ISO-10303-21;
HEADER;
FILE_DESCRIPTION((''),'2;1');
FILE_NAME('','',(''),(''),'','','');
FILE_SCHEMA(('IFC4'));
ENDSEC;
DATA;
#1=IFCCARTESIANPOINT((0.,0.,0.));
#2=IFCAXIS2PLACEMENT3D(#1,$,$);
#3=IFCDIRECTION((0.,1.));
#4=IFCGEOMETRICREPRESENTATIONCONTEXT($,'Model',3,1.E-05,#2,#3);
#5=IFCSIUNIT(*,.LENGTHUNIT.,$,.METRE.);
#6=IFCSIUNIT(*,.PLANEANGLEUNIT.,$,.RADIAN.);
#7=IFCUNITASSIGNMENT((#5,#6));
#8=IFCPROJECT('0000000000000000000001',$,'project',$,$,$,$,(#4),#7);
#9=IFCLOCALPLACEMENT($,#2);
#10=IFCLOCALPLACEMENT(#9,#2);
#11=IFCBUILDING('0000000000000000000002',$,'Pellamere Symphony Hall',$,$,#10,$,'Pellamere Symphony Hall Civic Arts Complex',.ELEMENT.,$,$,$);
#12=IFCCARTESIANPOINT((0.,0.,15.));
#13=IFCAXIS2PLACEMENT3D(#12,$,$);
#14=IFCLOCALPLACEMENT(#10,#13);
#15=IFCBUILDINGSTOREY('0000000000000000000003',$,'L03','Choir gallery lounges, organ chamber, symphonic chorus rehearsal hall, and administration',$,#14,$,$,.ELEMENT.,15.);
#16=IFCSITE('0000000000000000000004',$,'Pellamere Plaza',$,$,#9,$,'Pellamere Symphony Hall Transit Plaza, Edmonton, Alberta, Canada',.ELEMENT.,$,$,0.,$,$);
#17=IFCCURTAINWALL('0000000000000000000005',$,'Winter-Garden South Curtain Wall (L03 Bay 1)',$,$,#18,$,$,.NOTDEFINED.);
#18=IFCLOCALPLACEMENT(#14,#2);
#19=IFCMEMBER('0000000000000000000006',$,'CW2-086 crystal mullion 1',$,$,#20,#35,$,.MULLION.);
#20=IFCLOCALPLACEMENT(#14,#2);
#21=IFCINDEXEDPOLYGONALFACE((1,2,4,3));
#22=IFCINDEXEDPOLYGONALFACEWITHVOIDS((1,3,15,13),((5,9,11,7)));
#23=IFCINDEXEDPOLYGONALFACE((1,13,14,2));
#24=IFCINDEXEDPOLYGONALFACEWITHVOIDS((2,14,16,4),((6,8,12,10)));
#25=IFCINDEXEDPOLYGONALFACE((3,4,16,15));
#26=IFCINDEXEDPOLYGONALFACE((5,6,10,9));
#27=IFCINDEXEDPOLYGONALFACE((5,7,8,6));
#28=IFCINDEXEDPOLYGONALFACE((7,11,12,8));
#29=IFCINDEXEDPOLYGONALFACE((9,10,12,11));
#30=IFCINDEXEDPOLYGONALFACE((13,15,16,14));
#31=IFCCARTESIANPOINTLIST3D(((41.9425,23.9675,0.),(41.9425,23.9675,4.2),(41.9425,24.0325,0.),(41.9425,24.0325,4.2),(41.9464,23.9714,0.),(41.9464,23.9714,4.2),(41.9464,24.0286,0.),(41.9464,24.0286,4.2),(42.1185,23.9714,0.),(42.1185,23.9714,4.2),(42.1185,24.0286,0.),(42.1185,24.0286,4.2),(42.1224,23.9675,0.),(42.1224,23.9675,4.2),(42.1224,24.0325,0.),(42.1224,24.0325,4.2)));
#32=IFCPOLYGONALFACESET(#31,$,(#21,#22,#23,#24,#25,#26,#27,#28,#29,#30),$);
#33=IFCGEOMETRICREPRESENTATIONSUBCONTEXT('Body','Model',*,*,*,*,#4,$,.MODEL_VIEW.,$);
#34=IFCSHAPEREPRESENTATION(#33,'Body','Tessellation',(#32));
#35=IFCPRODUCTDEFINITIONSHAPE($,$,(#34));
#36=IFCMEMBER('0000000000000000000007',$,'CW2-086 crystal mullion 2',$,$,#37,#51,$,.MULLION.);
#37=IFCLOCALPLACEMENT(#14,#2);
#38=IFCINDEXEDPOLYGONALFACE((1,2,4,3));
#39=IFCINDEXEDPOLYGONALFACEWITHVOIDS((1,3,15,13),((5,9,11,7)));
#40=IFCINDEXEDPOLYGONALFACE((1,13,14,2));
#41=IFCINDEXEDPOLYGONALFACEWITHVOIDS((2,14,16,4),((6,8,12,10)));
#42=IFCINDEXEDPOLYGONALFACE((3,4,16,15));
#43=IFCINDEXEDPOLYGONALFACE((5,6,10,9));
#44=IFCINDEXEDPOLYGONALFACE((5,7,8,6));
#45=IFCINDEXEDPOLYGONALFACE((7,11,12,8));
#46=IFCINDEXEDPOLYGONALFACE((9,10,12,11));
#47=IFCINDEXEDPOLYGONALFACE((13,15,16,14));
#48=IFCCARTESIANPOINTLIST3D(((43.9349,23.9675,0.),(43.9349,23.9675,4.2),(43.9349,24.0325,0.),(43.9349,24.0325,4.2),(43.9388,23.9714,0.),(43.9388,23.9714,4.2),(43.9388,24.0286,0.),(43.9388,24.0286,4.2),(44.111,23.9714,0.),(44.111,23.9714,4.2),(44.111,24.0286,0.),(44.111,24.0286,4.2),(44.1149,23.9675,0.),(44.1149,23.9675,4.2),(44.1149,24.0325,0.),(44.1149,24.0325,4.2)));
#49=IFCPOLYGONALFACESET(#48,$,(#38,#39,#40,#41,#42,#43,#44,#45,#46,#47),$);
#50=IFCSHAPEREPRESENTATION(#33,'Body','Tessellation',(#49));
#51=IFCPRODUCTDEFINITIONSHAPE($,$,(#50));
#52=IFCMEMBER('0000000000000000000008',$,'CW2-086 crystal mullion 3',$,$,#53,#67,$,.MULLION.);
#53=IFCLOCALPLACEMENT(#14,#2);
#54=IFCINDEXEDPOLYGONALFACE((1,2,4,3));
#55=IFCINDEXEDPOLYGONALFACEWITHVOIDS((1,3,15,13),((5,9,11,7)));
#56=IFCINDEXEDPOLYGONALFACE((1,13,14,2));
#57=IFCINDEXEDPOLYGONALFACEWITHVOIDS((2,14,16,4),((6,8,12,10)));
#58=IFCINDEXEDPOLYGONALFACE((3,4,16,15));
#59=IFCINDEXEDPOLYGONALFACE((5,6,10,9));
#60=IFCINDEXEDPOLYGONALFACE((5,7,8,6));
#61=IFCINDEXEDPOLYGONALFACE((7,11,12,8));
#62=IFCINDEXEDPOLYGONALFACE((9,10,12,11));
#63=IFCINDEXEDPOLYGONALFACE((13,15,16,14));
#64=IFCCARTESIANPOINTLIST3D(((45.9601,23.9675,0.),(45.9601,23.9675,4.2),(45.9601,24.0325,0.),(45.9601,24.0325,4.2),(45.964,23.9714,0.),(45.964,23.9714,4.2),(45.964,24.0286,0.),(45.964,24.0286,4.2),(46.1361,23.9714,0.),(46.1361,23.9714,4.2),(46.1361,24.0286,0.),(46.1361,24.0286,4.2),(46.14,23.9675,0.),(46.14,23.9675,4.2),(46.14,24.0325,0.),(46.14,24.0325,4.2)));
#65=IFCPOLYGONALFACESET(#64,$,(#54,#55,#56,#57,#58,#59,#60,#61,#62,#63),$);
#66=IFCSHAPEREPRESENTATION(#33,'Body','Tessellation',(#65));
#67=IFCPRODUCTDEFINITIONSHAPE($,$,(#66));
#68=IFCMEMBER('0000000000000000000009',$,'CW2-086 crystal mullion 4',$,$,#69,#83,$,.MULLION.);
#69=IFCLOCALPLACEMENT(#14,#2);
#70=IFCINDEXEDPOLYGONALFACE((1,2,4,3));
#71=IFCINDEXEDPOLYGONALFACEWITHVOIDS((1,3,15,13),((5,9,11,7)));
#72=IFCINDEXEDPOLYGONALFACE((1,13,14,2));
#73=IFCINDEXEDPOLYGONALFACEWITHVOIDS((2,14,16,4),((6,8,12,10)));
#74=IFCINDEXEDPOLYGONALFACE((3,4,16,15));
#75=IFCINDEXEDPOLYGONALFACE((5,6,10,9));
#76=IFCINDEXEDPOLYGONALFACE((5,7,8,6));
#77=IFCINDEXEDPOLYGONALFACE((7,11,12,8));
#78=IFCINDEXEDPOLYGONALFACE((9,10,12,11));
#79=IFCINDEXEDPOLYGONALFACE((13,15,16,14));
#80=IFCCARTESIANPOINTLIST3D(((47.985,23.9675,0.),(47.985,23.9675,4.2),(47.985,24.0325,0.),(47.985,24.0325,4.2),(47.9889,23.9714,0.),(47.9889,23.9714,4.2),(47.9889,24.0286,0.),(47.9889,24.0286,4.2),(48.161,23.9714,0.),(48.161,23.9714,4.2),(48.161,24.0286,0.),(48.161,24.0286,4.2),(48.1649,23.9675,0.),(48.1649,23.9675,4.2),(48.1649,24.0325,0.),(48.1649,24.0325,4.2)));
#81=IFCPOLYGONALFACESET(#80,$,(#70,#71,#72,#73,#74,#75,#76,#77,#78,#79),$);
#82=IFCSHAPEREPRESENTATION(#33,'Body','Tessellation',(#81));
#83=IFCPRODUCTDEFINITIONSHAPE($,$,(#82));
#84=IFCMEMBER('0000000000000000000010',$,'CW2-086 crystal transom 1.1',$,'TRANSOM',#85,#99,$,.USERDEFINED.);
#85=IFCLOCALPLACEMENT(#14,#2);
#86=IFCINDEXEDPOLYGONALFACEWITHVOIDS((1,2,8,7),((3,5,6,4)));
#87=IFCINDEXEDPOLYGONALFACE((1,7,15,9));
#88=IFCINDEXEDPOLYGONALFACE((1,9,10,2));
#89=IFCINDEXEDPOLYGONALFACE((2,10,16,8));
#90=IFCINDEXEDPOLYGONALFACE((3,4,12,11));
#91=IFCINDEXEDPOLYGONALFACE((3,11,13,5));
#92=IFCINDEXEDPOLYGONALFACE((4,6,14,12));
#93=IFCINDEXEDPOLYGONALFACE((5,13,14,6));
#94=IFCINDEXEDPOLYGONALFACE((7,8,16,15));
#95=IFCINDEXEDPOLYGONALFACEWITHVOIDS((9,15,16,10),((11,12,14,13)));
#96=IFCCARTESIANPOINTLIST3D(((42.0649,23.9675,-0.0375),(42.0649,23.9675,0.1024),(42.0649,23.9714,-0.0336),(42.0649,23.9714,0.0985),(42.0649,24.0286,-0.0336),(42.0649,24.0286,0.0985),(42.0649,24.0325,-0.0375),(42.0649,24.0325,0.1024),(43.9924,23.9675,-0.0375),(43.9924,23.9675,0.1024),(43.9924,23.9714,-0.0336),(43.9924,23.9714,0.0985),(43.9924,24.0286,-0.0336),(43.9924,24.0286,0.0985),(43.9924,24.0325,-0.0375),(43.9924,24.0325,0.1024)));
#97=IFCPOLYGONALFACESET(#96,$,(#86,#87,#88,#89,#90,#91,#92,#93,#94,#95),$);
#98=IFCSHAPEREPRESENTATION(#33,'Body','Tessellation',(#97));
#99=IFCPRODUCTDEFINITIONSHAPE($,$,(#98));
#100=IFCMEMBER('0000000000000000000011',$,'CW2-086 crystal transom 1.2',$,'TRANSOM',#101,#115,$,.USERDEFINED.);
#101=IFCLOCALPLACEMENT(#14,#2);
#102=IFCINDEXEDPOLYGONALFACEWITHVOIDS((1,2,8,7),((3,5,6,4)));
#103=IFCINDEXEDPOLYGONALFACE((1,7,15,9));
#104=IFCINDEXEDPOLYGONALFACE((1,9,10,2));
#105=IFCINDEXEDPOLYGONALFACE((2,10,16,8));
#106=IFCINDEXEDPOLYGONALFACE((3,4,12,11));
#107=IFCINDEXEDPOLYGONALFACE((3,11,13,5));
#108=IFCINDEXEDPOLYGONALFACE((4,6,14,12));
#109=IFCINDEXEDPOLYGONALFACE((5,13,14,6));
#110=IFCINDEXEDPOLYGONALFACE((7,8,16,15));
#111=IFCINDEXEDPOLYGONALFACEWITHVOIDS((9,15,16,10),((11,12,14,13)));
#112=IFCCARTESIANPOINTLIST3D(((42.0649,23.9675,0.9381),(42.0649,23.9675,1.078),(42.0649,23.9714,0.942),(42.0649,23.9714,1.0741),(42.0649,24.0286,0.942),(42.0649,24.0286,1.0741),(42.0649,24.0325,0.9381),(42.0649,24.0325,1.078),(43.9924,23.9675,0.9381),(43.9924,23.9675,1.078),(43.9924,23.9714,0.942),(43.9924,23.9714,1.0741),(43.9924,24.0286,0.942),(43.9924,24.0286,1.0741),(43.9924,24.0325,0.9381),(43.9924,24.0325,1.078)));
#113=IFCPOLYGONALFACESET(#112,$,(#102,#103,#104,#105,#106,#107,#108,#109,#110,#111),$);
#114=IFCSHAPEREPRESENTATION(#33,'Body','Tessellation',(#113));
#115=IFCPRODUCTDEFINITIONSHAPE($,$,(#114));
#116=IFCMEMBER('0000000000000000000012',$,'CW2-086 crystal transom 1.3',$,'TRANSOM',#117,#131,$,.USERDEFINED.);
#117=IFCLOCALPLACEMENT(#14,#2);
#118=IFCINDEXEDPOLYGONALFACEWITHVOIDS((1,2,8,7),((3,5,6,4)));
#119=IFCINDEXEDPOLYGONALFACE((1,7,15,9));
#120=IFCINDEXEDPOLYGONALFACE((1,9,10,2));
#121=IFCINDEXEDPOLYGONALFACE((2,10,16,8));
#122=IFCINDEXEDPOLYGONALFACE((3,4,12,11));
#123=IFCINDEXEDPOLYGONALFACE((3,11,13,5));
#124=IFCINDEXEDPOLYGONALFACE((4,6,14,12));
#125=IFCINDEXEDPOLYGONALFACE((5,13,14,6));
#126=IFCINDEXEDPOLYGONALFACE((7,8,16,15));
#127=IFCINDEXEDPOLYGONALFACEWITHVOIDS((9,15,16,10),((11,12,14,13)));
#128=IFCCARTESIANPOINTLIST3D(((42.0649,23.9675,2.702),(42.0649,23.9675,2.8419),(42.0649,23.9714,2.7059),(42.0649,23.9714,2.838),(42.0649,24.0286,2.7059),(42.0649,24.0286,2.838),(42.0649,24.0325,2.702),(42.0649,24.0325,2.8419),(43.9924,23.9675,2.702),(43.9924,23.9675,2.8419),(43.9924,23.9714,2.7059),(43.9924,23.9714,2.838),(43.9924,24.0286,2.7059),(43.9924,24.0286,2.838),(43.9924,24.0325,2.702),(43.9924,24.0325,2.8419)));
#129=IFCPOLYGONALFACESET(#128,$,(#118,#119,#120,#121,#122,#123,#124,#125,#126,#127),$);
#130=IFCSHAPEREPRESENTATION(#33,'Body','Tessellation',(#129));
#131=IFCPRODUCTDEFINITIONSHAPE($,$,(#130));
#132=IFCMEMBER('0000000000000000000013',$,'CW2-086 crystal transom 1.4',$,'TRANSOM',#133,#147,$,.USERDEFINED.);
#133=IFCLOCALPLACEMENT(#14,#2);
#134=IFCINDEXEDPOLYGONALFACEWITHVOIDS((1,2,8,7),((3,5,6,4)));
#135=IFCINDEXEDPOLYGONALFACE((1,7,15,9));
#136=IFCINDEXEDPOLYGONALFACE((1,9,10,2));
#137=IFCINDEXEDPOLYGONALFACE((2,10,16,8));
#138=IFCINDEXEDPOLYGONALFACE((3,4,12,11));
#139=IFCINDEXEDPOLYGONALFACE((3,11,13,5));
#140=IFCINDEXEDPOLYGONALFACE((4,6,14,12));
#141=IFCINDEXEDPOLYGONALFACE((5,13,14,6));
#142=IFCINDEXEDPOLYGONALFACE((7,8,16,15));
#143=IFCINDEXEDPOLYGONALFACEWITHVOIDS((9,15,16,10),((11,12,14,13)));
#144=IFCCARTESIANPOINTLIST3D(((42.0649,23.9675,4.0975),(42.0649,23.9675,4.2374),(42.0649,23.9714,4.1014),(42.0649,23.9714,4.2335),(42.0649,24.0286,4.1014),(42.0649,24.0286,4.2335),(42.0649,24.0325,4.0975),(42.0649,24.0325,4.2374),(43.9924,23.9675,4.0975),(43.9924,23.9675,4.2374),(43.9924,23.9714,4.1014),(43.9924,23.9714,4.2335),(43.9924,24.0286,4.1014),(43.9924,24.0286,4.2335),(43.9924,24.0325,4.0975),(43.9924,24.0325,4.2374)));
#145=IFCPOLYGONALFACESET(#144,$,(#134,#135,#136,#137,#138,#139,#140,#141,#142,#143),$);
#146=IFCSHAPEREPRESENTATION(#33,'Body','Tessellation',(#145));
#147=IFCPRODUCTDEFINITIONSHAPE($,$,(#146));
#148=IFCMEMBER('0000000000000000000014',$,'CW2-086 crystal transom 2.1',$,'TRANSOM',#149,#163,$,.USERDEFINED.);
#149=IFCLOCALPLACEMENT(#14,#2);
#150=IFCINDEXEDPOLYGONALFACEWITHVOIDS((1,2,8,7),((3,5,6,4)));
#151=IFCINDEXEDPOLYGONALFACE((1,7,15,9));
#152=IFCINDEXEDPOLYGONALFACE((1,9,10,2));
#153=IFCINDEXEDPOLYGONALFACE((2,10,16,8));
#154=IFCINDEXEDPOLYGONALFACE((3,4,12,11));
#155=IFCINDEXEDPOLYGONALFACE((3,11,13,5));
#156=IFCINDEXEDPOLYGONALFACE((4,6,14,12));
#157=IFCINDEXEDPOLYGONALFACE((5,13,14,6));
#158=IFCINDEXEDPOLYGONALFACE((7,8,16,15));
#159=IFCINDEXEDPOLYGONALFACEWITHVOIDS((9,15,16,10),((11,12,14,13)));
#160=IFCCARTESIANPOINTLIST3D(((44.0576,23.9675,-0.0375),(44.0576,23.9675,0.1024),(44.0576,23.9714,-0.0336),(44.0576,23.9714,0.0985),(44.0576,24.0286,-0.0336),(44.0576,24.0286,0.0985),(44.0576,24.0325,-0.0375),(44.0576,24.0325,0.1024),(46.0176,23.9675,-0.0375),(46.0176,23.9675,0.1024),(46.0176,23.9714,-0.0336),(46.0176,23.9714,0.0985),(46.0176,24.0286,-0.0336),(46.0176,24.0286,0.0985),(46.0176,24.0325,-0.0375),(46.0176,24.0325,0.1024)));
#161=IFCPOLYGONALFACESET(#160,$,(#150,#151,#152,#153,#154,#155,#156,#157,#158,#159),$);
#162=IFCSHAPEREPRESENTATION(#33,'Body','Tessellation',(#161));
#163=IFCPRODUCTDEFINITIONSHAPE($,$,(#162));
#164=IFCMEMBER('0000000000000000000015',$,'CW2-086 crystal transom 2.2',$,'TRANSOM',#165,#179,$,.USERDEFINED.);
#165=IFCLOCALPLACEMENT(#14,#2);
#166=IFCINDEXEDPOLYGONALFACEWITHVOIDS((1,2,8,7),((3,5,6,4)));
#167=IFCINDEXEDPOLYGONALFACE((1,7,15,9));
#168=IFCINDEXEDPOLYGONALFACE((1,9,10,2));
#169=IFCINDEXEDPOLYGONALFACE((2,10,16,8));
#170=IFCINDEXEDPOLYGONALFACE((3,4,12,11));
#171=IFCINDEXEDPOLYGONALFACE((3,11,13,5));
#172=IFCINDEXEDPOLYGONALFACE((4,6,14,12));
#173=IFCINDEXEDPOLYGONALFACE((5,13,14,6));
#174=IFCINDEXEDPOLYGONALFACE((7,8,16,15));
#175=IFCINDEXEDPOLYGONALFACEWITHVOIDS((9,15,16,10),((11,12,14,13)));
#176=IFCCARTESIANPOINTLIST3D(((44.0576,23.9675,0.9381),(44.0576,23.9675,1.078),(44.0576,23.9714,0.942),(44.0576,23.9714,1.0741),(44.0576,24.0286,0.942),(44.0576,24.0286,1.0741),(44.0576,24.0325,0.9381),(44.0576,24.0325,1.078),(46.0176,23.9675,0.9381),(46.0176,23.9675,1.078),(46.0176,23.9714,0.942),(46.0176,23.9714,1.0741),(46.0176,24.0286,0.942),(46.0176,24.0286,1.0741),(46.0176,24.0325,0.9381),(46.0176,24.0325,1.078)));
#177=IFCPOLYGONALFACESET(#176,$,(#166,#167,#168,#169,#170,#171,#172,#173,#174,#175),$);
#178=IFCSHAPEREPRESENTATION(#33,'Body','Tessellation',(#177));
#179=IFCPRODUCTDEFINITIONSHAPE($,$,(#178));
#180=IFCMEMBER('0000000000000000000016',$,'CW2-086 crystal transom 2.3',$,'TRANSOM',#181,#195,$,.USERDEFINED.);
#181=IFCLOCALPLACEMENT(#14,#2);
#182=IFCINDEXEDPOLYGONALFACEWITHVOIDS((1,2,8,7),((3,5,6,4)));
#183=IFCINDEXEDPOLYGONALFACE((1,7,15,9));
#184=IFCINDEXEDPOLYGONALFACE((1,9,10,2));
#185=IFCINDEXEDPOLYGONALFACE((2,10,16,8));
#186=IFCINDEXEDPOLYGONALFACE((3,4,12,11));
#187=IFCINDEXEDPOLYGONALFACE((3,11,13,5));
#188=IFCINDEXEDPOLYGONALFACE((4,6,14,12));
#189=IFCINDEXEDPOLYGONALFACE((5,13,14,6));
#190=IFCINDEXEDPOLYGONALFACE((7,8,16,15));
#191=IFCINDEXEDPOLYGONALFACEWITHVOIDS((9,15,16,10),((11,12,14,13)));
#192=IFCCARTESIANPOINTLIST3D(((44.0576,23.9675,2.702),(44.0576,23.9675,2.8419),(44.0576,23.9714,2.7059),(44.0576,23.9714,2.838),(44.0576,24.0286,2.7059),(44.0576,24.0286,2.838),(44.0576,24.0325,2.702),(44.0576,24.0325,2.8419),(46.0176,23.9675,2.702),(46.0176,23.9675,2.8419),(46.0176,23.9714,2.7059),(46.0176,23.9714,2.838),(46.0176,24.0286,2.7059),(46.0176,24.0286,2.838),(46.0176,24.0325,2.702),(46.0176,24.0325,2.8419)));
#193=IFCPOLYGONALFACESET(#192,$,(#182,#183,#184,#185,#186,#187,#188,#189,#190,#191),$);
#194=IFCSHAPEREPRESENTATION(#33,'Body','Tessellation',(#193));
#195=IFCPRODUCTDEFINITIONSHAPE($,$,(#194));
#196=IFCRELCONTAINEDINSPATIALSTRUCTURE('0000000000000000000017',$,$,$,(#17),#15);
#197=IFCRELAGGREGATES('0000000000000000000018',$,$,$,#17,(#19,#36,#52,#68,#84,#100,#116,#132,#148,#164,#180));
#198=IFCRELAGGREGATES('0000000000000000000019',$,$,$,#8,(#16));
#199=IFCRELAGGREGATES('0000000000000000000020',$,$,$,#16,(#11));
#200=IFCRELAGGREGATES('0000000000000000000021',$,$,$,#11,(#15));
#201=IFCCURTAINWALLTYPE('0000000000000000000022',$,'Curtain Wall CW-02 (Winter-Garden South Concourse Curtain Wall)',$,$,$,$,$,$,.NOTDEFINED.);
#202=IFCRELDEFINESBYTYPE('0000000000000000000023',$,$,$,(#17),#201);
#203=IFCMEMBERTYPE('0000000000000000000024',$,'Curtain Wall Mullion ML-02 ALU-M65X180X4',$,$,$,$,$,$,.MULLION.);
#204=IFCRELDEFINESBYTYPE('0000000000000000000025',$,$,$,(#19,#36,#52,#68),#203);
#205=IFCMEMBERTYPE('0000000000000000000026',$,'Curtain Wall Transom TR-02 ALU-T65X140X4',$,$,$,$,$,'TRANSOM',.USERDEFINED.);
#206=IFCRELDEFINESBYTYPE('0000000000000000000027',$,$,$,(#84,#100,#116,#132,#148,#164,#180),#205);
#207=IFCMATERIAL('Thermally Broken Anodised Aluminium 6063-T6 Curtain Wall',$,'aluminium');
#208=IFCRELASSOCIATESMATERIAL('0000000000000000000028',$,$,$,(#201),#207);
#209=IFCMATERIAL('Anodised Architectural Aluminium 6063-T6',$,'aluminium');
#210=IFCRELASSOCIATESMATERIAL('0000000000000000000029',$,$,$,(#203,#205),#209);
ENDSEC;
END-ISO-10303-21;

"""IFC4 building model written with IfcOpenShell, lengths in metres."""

from ifc_helpers import new_model, si_unit, direction, frame, origin, origin_2d, place, context, subcontext, project, spatial, hollow_rectangle, extrude, material, material_profile, profile_set, type_object, element, aggregate, save


model = new_model("IFC4")

# Units and contexts
model_context = context("Model", 3, precision=1e-05, world=origin(), true_north=direction((0.0, 1.0)))
body_context = subcontext(model_context, "Body", "Model", "MODEL_VIEW")
ifc_project = project(units=[si_unit("LENGTHUNIT", "METRE"), si_unit("PLANEANGLEUNIT", "RADIAN")], contexts=[model_context])

# Site, building, storey
site_placement = place(None, origin())
site = spatial("IfcSite", under=ifc_project, at=site_placement, Name="Pellamere Plaza", LongName="Pellamere Symphony Hall Transit Plaza, Edmonton, Alberta, Canada", CompositionType="ELEMENT", RefElevation=0.0)
building_placement = place(site_placement, origin())
building = spatial("IfcBuilding", under=site, at=building_placement, Name="Pellamere Symphony Hall", LongName="Pellamere Symphony Hall Civic Arts Complex", CompositionType="ELEMENT")
storey_placement = place(building_placement, frame((0.0, 0.0, 15.0)))
storey = spatial("IfcBuildingStorey", under=building, at=storey_placement, Name="L03", Description="Choir gallery lounges, organ chamber, symphonic chorus rehearsal hall, and administration", CompositionType="ELEMENT", Elevation=15.0)

# Curtain wall, members
ifc_material_1 = material(Name="Thermally Broken Anodised Aluminium 6063-T6 Curtain Wall", Category="aluminium")
curtain_wall_type = type_object("IfcCurtainWallType", Name="Curtain Wall CW-02 (Winter-Garden South Concourse Curtain Wall)", PredefinedType="NOTDEFINED", material=ifc_material_1)
curtain_wall_placement = place(storey_placement, origin())
curtain_wall = element("IfcCurtainWall", 1, at=curtain_wall_placement, inside=storey, type_object=curtain_wall_type, Name="Winter-Garden South Curtain Wall (L03 Bay 1)", PredefinedType="NOTDEFINED")
ifc_material_2 = material(Name="Anodised Architectural Aluminium 6063-T6", Category="aluminium")
ifc_material_profile_1 = material_profile(ifc_material_2, hollow_rectangle(XDim=0.0649, YDim=0.1799, WallThickness=0.0039, at=origin_2d()), Name="ALU-M65X180X4")
ifc_profile_set_1 = profile_set([ifc_material_profile_1], Name="Anodised Architectural Aluminium 6063-T6")
member_type_1 = type_object("IfcMemberType", Name="Curtain Wall Mullion ML-02 ALU-M65X180X4", PredefinedType="MULLION", material=ifc_profile_set_1)
member_1_placement = place(storey_placement, frame((42.0325, 24.0, 0.0), z_axis=(0.0, 0.0, 1.0), x_axis=(0.0, 1.0, 0.0)))
member_1 = element("IfcMember", 2, at=member_1_placement, type_object=member_type_1, Name="CW2-086 crystal mullion 1", PredefinedType="MULLION", context=body_context, shape_type="SweptSolid", body=[
    extrude(hollow_rectangle(XDim=0.0649, YDim=0.1799, WallThickness=0.0039, at=origin_2d()), origin(), (0.0, 0.0, 1.0), 4.2),
])
member_2_placement = place(storey_placement, frame((44.0249, 24.0, 0.0), z_axis=(0.0, 0.0, 1.0), x_axis=(0.0, 1.0, 0.0)))
member_2 = element("IfcMember", 3, at=member_2_placement, type_object=member_type_1, Name="CW2-086 crystal mullion 2", PredefinedType="MULLION", context=body_context, shape_type="SweptSolid", body=[
    extrude(hollow_rectangle(XDim=0.0649, YDim=0.1799, WallThickness=0.0039, at=origin_2d()), origin(), (0.0, 0.0, 1.0), 4.2),
])
member_3_placement = place(storey_placement, frame((46.05, 24.0, 0.0), z_axis=(0.0, 0.0, 1.0), x_axis=(0.0, 1.0, 0.0)))
member_3 = element("IfcMember", 4, at=member_3_placement, type_object=member_type_1, Name="CW2-086 crystal mullion 3", PredefinedType="MULLION", context=body_context, shape_type="SweptSolid", body=[
    extrude(hollow_rectangle(XDim=0.0649, YDim=0.1799, WallThickness=0.0039, at=origin_2d()), origin(), (0.0, 0.0, 1.0), 4.2),
])
member_4_placement = place(storey_placement, frame((48.075, 24.0, 0.0), z_axis=(0.0, 0.0, 1.0), x_axis=(0.0, 1.0, 0.0)))
member_4 = element("IfcMember", 5, at=member_4_placement, type_object=member_type_1, Name="CW2-086 crystal mullion 4", PredefinedType="MULLION", context=body_context, shape_type="SweptSolid", body=[
    extrude(hollow_rectangle(XDim=0.0649, YDim=0.1799, WallThickness=0.0039, at=origin_2d()), origin(), (0.0, 0.0, 1.0), 4.2),
])
ifc_material_profile_2 = material_profile(ifc_material_2, hollow_rectangle(XDim=0.0649, YDim=0.1399, WallThickness=0.0039, at=origin_2d()), Name="ALU-T65X140X4")
ifc_profile_set_2 = profile_set([ifc_material_profile_2], Name="Anodised Architectural Aluminium 6063-T6")
member_type_2 = type_object("IfcMemberType", Name="Curtain Wall Transom TR-02 ALU-T65X140X4", ElementType="TRANSOM", PredefinedType="USERDEFINED", material=ifc_profile_set_2)
member_5_placement = place(storey_placement, frame((42.0649, 24.0, 0.0325), z_axis=(1.0, 0.0, 0.0), x_axis=(0.0, 1.0, 0.0)))
member_5 = element("IfcMember", 6, at=member_5_placement, type_object=member_type_2, Name="CW2-086 crystal transom 1.1", ObjectType="TRANSOM", PredefinedType="USERDEFINED", context=body_context, shape_type="SweptSolid", body=[
    extrude(hollow_rectangle(XDim=0.0649, YDim=0.1399, WallThickness=0.0039, at=origin_2d()), origin(), (0.0, 0.0, 1.0), 1.9275),
])
member_6_placement = place(storey_placement, frame((42.0649, 24.0, 1.0081), z_axis=(1.0, 0.0, 0.0), x_axis=(0.0, 1.0, 0.0)))
member_6 = element("IfcMember", 7, at=member_6_placement, type_object=member_type_2, Name="CW2-086 crystal transom 1.2", ObjectType="TRANSOM", PredefinedType="USERDEFINED", context=body_context, shape_type="SweptSolid", body=[
    extrude(hollow_rectangle(XDim=0.0649, YDim=0.1399, WallThickness=0.0039, at=origin_2d()), origin(), (0.0, 0.0, 1.0), 1.9275),
])
member_7_placement = place(storey_placement, frame((42.0649, 24.0, 2.772), z_axis=(1.0, 0.0, 0.0), x_axis=(0.0, 1.0, 0.0)))
member_7 = element("IfcMember", 8, at=member_7_placement, type_object=member_type_2, Name="CW2-086 crystal transom 1.3", ObjectType="TRANSOM", PredefinedType="USERDEFINED", context=body_context, shape_type="SweptSolid", body=[
    extrude(hollow_rectangle(XDim=0.0649, YDim=0.1399, WallThickness=0.0039, at=origin_2d()), origin(), (0.0, 0.0, 1.0), 1.9275),
])
member_8_placement = place(storey_placement, frame((42.0649, 24.0, 4.1675), z_axis=(1.0, 0.0, 0.0), x_axis=(0.0, 1.0, 0.0)))
member_8 = element("IfcMember", 9, at=member_8_placement, type_object=member_type_2, Name="CW2-086 crystal transom 1.4", ObjectType="TRANSOM", PredefinedType="USERDEFINED", context=body_context, shape_type="SweptSolid", body=[
    extrude(hollow_rectangle(XDim=0.0649, YDim=0.1399, WallThickness=0.0039, at=origin_2d()), origin(), (0.0, 0.0, 1.0), 1.9275),
])
member_9_placement = place(storey_placement, frame((44.0576, 24.0, 0.0325), z_axis=(1.0, 0.0, 0.0), x_axis=(0.0, 1.0, 0.0)))
member_9 = element("IfcMember", 10, at=member_9_placement, type_object=member_type_2, Name="CW2-086 crystal transom 2.1", ObjectType="TRANSOM", PredefinedType="USERDEFINED", context=body_context, shape_type="SweptSolid", body=[
    extrude(hollow_rectangle(XDim=0.0649, YDim=0.1399, WallThickness=0.0039, at=origin_2d()), origin(), (0.0, 0.0, 1.0), 1.96),
])
member_10_placement = place(storey_placement, frame((44.0576, 24.0, 1.0081), z_axis=(1.0, 0.0, 0.0), x_axis=(0.0, 1.0, 0.0)))
member_10 = element("IfcMember", 11, at=member_10_placement, type_object=member_type_2, Name="CW2-086 crystal transom 2.2", ObjectType="TRANSOM", PredefinedType="USERDEFINED", context=body_context, shape_type="SweptSolid", body=[
    extrude(hollow_rectangle(XDim=0.0649, YDim=0.1399, WallThickness=0.0039, at=origin_2d()), origin(), (0.0, 0.0, 1.0), 1.96),
])
member_11_placement = place(storey_placement, frame((44.0576, 24.0, 2.772), z_axis=(1.0, 0.0, 0.0), x_axis=(0.0, 1.0, 0.0)))
member_11 = element("IfcMember", 12, at=member_11_placement, type_object=member_type_2, Name="CW2-086 crystal transom 2.3", ObjectType="TRANSOM", PredefinedType="USERDEFINED", context=body_context, shape_type="SweptSolid", body=[
    extrude(hollow_rectangle(XDim=0.0649, YDim=0.1399, WallThickness=0.0039, at=origin_2d()), origin(), (0.0, 0.0, 1.0), 1.96),
])
aggregate(curtain_wall, [member_1, member_2, member_3, member_4, member_5, member_6, member_7, member_8, member_9, member_10, member_11])

save(model, "model.ifc")
